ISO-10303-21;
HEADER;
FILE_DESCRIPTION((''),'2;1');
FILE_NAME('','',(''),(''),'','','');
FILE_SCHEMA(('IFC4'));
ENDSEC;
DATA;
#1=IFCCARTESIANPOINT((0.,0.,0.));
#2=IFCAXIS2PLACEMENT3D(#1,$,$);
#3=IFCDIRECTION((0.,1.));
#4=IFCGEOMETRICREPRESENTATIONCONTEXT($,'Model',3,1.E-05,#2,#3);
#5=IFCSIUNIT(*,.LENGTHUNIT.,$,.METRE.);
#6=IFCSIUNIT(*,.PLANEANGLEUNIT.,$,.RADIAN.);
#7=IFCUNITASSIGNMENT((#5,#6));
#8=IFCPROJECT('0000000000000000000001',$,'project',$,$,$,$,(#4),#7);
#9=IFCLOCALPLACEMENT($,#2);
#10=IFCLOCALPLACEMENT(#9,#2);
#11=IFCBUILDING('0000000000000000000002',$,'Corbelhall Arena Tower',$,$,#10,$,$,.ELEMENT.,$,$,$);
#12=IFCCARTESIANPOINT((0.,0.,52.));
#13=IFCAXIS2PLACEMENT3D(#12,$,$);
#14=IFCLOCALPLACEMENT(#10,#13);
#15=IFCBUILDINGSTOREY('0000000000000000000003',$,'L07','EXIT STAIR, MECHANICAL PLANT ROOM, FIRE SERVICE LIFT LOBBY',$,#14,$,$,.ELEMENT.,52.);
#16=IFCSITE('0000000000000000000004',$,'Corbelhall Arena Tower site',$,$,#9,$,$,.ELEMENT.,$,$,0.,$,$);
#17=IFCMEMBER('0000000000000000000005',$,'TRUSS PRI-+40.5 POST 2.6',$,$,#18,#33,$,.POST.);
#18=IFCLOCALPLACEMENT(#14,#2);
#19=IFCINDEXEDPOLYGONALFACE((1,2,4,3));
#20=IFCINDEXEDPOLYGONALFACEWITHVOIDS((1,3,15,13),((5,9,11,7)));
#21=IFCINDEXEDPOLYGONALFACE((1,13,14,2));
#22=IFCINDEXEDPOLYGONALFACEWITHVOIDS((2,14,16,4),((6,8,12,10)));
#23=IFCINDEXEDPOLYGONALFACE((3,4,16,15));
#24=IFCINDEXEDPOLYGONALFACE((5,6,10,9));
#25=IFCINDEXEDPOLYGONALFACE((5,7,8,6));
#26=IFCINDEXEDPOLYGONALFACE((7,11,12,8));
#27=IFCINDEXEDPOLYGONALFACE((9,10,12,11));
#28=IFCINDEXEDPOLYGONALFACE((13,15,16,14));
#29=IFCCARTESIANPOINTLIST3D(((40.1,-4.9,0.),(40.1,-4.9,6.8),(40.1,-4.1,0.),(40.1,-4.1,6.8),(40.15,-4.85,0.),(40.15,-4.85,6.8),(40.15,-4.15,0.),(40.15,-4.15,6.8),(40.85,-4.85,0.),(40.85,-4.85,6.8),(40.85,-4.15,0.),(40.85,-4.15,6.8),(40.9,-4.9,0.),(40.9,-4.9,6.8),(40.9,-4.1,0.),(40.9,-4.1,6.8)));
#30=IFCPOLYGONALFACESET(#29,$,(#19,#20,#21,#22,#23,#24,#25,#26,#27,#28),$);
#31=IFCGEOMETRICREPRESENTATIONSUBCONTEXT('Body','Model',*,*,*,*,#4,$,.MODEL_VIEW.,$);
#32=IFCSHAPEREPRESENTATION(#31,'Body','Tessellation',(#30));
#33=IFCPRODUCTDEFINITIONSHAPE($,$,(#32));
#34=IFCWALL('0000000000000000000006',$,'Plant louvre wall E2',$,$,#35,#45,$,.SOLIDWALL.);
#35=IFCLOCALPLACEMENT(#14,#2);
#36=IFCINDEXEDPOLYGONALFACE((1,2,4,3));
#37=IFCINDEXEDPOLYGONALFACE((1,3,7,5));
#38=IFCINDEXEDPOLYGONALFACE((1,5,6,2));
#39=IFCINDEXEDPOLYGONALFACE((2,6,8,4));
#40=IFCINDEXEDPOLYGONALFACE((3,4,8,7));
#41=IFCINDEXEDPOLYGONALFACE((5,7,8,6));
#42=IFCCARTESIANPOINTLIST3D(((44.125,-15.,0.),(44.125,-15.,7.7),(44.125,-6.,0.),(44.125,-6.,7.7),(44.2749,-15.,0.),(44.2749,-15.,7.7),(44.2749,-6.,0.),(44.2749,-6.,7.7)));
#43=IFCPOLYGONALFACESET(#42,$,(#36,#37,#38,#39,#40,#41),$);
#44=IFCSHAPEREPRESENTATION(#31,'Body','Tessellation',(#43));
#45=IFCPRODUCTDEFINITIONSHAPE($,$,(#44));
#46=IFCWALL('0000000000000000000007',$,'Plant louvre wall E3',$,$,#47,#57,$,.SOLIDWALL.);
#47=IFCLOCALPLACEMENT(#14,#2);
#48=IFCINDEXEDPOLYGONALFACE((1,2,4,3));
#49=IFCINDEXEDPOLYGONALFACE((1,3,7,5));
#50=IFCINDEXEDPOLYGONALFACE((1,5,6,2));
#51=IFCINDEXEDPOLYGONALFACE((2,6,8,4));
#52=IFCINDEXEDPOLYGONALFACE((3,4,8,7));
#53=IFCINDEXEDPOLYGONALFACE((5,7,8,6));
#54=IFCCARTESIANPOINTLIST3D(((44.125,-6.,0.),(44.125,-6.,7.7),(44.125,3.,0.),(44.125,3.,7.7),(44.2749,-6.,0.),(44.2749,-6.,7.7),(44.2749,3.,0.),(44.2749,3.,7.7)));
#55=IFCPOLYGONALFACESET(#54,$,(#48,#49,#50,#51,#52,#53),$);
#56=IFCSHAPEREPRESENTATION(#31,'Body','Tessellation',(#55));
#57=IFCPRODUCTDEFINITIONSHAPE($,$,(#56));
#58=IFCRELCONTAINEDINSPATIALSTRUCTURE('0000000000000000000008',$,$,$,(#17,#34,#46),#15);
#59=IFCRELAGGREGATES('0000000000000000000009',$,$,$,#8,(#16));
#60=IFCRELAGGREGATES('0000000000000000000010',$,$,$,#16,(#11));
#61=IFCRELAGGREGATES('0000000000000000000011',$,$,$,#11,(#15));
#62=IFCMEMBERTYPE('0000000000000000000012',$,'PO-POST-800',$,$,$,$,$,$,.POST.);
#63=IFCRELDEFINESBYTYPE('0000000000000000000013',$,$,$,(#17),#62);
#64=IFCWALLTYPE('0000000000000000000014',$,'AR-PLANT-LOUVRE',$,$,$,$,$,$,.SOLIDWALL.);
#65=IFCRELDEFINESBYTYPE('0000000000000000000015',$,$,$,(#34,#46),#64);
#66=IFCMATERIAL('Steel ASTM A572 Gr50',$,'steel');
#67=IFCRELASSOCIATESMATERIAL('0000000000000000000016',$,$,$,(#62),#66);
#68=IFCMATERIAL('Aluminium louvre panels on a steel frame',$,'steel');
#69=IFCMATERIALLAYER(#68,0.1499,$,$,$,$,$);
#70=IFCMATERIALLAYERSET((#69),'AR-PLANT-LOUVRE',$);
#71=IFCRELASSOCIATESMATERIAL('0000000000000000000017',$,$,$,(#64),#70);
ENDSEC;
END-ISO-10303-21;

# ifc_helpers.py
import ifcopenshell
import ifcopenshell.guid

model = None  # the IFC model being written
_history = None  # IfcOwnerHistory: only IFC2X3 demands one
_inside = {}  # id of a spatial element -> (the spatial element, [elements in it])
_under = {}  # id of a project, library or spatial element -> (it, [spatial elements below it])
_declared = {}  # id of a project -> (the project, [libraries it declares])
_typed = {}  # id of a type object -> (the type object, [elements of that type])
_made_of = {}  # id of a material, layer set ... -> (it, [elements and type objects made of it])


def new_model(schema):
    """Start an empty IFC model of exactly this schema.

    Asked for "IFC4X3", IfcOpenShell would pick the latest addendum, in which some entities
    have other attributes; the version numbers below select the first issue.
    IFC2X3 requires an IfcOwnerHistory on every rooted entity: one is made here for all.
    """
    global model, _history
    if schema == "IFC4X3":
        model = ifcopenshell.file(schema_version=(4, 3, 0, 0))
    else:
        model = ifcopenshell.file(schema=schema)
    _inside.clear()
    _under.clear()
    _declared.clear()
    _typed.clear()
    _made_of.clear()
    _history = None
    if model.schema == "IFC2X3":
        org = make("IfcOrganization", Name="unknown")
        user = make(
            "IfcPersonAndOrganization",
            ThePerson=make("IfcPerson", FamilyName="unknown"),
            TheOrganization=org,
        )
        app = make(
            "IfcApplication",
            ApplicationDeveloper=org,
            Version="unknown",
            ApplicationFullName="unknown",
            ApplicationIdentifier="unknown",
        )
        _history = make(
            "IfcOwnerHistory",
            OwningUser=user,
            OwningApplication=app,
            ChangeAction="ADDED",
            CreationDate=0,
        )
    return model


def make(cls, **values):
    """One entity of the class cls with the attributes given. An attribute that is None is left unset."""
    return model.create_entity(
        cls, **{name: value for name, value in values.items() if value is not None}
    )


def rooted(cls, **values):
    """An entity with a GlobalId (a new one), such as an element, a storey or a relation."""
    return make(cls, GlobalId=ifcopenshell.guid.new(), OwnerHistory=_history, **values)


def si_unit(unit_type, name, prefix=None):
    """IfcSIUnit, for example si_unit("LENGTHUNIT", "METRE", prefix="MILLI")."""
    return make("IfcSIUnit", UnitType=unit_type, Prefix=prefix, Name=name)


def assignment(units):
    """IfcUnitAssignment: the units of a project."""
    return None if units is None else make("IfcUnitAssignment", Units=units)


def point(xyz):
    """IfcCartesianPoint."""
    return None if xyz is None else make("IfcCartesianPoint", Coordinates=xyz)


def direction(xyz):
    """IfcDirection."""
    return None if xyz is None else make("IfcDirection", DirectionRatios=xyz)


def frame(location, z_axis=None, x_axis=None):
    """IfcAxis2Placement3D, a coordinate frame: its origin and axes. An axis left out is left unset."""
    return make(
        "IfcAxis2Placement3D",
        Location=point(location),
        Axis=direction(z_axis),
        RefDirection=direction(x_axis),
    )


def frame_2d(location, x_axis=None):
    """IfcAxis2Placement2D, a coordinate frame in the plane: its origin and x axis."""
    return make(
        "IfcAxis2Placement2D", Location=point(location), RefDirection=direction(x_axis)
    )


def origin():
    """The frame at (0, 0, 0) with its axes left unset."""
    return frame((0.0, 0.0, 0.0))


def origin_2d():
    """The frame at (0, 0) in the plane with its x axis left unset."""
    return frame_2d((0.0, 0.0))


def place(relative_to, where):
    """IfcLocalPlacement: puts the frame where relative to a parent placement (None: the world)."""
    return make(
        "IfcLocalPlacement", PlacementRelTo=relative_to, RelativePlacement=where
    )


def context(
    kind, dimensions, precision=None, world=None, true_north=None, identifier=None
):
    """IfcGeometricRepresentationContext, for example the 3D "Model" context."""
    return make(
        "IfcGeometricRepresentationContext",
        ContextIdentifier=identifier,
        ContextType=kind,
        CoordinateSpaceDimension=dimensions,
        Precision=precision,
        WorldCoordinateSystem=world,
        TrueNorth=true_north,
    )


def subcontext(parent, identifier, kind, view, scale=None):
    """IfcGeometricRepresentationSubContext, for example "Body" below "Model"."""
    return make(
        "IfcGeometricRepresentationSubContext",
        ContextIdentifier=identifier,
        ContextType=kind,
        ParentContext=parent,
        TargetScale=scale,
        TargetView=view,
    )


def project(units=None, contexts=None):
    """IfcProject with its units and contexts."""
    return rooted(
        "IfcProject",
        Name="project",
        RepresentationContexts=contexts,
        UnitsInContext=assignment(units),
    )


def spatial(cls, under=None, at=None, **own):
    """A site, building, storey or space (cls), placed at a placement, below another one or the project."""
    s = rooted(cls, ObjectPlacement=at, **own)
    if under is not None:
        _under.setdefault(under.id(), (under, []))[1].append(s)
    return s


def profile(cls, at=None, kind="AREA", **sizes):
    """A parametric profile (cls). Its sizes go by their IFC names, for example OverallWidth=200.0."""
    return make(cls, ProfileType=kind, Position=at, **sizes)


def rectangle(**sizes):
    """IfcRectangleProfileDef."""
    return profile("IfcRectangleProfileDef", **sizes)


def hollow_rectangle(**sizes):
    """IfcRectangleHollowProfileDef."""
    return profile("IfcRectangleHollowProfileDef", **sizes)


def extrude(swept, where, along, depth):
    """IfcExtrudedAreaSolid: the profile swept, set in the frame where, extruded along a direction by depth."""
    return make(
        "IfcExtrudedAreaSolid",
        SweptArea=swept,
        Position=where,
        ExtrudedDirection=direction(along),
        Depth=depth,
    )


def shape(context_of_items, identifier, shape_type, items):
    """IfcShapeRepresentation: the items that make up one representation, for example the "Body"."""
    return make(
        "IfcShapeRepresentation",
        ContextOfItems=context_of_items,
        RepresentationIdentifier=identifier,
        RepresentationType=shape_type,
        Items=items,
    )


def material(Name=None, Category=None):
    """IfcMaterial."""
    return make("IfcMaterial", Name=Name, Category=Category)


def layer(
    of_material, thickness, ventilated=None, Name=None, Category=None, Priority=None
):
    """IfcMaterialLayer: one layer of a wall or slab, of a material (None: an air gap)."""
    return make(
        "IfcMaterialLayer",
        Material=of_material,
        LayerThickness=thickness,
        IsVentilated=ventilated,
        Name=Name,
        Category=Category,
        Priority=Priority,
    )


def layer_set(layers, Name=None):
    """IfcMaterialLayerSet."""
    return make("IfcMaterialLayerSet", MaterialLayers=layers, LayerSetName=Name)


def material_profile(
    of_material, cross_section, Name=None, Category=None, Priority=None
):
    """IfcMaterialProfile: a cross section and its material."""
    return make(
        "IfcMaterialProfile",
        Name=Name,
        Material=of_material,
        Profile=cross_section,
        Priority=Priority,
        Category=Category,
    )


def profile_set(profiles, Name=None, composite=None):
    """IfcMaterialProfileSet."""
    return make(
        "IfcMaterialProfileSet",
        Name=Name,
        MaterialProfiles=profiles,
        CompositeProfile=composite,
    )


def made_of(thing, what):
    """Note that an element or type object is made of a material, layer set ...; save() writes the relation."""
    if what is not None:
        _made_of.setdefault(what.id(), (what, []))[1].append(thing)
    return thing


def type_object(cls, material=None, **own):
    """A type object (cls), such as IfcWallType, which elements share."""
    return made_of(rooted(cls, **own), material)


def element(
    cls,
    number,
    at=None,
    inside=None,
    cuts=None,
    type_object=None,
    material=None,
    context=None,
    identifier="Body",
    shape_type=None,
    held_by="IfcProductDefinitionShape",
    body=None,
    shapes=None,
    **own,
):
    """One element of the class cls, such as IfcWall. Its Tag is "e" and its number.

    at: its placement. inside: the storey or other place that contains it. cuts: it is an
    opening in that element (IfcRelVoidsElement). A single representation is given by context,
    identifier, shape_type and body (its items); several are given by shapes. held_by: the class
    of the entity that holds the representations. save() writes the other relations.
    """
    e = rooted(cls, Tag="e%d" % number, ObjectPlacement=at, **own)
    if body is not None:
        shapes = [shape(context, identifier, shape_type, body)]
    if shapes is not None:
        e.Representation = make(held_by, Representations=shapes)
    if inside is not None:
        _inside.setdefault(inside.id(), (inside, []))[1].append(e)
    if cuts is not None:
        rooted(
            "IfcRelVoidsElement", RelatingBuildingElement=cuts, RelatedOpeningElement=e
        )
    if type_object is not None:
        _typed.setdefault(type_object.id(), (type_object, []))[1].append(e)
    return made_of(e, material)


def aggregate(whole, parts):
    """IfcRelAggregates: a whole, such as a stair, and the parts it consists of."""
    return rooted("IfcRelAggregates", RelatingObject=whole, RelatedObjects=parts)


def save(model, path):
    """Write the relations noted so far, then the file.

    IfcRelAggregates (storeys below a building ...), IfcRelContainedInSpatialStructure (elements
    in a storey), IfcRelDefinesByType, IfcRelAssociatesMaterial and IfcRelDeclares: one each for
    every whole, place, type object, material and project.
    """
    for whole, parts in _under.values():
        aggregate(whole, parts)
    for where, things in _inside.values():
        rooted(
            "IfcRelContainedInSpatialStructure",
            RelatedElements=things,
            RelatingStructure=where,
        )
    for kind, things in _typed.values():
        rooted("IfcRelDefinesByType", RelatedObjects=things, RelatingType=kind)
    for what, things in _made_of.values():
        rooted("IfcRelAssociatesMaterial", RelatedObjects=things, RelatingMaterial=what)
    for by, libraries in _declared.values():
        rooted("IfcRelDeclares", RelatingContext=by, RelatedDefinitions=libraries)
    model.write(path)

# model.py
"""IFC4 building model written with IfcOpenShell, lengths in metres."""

from ifc_helpers import new_model, si_unit, direction, frame, frame_2d, origin, origin_2d, place, context, subcontext, project, spatial, rectangle, hollow_rectangle, extrude, material, layer, layer_set, material_profile, profile_set, type_object, element, save


model = new_model("IFC4")

# Units and contexts
model_context = context("Model", 3, precision=1e-05, world=origin(), true_north=direction((0.0, 1.0)))
body_context = subcontext(model_context, "Body", "Model", "MODEL_VIEW")
ifc_project = project(units=[si_unit("LENGTHUNIT", "METRE"), si_unit("PLANEANGLEUNIT", "RADIAN")], contexts=[model_context])

# Site, building, storey
site_placement = place(None, origin())
site = spatial("IfcSite", under=ifc_project, at=site_placement, Name="Corbelhall Arena Tower site", CompositionType="ELEMENT", RefElevation=0.0)
building_placement = place(site_placement, origin())
building = spatial("IfcBuilding", under=site, at=building_placement, Name="Corbelhall Arena Tower", CompositionType="ELEMENT")
storey_placement = place(building_placement, frame((0.0, 0.0, 52.0)))
storey = spatial("IfcBuildingStorey", under=building, at=storey_placement, Name="L07", Description="EXIT STAIR, MECHANICAL PLANT ROOM, FIRE SERVICE LIFT LOBBY", CompositionType="ELEMENT", Elevation=52.0)

# Member
ifc_material_1 = material(Name="Steel ASTM A572 Gr50", Category="steel")
ifc_material_profile_1 = material_profile(ifc_material_1, hollow_rectangle(XDim=0.8, YDim=0.8, WallThickness=0.05, at=origin_2d()))
ifc_profile_set_1 = profile_set([ifc_material_profile_1], Name="Steel ASTM A572 Gr50")
member_type_1 = type_object("IfcMemberType", Name="PO-POST-800", PredefinedType="POST", material=ifc_profile_set_1)
for number, where, z_axis, x_axis, name in (
    (1, (40.5, -4.5, 0.0), (0.0, 0.0, 1.0), (1.0, 0.0, 0.0), "TRUSS PRI-+40.5 POST 2.6"),
):
    element("IfcMember", number, at=place(storey_placement, frame(where, z_axis=z_axis, x_axis=x_axis)), inside=storey, type_object=member_type_1, Name=name, PredefinedType="POST", context=body_context, shape_type="SweptSolid", body=[
        extrude(hollow_rectangle(XDim=0.8, YDim=0.8, WallThickness=0.05, at=origin_2d()), origin(), (0.0, 0.0, 1.0), 6.8),
    ])

# Walls
ifc_material_2 = material(Name="Aluminium louvre panels on a steel frame", Category="steel")
ifc_layer = layer(ifc_material_2, 0.1499)
ifc_layer_set = layer_set([ifc_layer], Name="AR-PLANT-LOUVRE")
wall_type = type_object("IfcWallType", Name="AR-PLANT-LOUVRE", PredefinedType="SOLIDWALL", material=ifc_layer_set)
for number, where, z_axis, x_axis, name in (
    (2, (44.2, -15.0, 0.0), (0.0, 0.0, 1.0), (0.0, 1.0, 0.0), "Plant louvre wall E2"),
    (3, (44.2, -6.0, 0.0), (0.0, 0.0, 1.0), (0.0, 1.0, 0.0), "Plant louvre wall E3"),
):
    element("IfcWall", number, at=place(storey_placement, frame(where, z_axis=z_axis, x_axis=x_axis)), inside=storey, type_object=wall_type, Name=name, PredefinedType="SOLIDWALL", context=body_context, shape_type="SweptSolid", body=[
        extrude(rectangle(XDim=9.0, YDim=0.1499, at=frame_2d((4.5, 0.0))), origin(), (0.0, 0.0, 1.0), 7.7),
    ])

save(model, "model.ifc")
